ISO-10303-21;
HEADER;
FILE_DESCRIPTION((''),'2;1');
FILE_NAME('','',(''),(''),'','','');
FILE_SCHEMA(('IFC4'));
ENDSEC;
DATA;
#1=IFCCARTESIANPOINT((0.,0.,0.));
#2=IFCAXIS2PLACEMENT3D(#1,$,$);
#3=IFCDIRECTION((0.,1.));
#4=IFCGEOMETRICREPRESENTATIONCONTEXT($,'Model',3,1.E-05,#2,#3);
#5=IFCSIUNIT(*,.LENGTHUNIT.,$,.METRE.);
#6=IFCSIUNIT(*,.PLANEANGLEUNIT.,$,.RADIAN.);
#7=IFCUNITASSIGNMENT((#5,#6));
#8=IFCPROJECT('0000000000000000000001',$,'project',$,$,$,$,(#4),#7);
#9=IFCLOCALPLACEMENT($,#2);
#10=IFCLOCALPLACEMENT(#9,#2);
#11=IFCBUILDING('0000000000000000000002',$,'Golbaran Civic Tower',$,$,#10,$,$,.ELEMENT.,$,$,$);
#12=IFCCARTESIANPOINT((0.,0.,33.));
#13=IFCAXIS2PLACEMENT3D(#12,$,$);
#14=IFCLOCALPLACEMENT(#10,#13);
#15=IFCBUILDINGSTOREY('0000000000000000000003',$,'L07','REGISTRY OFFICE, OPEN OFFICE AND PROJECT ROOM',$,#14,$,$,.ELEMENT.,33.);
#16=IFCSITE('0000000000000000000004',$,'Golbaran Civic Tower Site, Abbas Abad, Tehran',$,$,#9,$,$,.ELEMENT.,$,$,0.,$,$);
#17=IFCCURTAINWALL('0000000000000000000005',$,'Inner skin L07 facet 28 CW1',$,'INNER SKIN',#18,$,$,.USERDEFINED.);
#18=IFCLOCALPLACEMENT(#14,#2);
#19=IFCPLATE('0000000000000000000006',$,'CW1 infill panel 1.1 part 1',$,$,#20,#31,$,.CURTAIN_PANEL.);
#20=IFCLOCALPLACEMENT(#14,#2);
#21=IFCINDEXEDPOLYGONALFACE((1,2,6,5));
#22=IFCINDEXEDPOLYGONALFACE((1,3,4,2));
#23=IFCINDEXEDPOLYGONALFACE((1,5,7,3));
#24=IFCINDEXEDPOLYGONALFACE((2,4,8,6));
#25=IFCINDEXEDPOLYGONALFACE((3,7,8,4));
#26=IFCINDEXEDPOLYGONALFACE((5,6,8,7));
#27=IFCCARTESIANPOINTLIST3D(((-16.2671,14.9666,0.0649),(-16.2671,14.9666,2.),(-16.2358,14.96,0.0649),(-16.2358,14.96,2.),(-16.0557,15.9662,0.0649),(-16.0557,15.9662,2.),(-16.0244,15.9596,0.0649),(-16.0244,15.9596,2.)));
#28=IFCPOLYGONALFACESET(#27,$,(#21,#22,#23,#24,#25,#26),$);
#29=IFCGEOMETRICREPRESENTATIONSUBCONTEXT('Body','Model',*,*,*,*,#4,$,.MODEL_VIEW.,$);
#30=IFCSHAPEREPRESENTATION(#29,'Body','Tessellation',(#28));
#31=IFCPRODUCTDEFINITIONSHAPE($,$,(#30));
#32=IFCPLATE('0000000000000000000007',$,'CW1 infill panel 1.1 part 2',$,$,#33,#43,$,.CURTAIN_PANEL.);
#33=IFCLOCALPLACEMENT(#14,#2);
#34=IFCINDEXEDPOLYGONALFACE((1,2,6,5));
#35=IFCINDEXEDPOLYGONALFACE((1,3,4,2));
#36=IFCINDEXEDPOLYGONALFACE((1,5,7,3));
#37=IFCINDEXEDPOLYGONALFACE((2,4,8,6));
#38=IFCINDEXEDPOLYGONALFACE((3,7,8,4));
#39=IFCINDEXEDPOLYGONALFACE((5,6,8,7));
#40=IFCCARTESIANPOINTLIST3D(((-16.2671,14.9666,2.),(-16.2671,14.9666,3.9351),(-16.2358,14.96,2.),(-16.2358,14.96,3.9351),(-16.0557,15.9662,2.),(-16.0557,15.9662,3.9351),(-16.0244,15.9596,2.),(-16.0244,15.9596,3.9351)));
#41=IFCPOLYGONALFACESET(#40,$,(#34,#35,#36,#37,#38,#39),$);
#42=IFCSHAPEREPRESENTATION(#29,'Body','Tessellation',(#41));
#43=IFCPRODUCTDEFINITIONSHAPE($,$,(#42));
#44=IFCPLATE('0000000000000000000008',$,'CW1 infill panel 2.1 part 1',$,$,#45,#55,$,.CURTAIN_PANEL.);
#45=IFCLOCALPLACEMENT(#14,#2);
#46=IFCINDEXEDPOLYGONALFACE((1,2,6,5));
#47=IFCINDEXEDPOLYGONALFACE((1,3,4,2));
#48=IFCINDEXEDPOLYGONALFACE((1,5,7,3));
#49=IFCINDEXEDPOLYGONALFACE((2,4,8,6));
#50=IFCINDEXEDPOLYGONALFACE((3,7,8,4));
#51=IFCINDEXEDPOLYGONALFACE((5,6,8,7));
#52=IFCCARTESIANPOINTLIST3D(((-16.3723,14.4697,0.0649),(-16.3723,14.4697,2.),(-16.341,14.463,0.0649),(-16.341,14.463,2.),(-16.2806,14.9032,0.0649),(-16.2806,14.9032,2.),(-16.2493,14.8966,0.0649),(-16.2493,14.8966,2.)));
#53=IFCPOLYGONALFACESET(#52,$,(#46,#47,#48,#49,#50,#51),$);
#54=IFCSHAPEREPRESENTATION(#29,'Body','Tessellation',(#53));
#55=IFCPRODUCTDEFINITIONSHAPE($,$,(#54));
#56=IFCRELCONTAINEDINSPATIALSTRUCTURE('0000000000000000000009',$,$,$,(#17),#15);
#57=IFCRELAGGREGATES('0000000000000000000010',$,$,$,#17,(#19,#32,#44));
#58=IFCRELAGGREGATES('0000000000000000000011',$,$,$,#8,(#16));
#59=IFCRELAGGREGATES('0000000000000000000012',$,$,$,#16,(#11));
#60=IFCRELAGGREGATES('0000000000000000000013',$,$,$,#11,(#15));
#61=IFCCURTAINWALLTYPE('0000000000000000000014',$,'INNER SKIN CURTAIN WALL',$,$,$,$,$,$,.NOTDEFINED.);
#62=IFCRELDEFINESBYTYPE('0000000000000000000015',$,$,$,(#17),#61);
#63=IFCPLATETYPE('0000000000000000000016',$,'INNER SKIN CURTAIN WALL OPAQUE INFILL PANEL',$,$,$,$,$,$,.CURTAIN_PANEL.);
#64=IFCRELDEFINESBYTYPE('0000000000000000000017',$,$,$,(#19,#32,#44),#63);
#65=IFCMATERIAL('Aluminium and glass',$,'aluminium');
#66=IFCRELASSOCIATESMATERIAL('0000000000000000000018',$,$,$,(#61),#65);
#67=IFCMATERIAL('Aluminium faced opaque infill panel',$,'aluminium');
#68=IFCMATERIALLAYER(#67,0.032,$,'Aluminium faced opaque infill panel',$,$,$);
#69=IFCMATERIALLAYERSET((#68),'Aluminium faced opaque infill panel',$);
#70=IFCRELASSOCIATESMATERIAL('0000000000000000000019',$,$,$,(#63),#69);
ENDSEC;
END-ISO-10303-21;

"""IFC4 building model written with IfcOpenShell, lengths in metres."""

from ifc_helpers import new_model, si_unit, direction, frame, origin, origin_2d, place, context, subcontext, project, spatial, rectangle, extrude, material, layer, layer_set, type_object, element, aggregate, save


model = new_model("IFC4")

# Units and contexts
model_context = context("Model", 3, precision=1e-05, world=origin(), true_north=direction((0.0, 1.0)))
body_context = subcontext(model_context, "Body", "Model", "MODEL_VIEW")
ifc_project = project(units=[si_unit("LENGTHUNIT", "METRE"), si_unit("PLANEANGLEUNIT", "RADIAN")], contexts=[model_context])

# Site, building, storey
site_placement = place(None, origin())
site = spatial("IfcSite", under=ifc_project, at=site_placement, Name="Golbaran Civic Tower Site, Abbas Abad, Tehran", CompositionType="ELEMENT", RefElevation=0.0)
building_placement = place(site_placement, origin())
building = spatial("IfcBuilding", under=site, at=building_placement, Name="Golbaran Civic Tower", CompositionType="ELEMENT")
storey_placement = place(building_placement, frame((0.0, 0.0, 33.0)))
storey = spatial("IfcBuildingStorey", under=building, at=storey_placement, Name="L07", Description="REGISTRY OFFICE, OPEN OFFICE AND PROJECT ROOM", CompositionType="ELEMENT", Elevation=33.0)

# Shared definitions
ifc_material_1 = material(Name="Aluminium and glass", Category="aluminium")
curtain_wall_type = type_object("IfcCurtainWallType", Name="INNER SKIN CURTAIN WALL", PredefinedType="NOTDEFINED", material=ifc_material_1)

# Curtain wall
curtain_wall_1_placement = place(storey_placement, origin())
curtain_wall_1 = element("IfcCurtainWall", 1, at=curtain_wall_1_placement, inside=storey, type_object=curtain_wall_type, Name="Inner skin L07 facet 28 CW1", ObjectType="INNER SKIN", PredefinedType="USERDEFINED")

# Plates
ifc_material_2 = material(Name="Aluminium faced opaque infill panel", Category="aluminium")
ifc_layer_1 = layer(ifc_material_2, 0.032, Name="Aluminium faced opaque infill panel")
ifc_layer_set_1 = layer_set([ifc_layer_1], Name="Aluminium faced opaque infill panel")
plate_type_1 = type_object("IfcPlateType", Name="INNER SKIN CURTAIN WALL OPAQUE INFILL PANEL", PredefinedType="CURTAIN_PANEL", material=ifc_layer_set_1)
plate_1_placement = place(storey_placement, frame((-16.1458, 15.4631, 0.0649), z_axis=(0.0, 0.0, 1.0), x_axis=(-0.206977, -0.978346, 0.0)))
plate_1 = element("IfcPlate", 2, at=plate_1_placement, type_object=plate_type_1, Name="CW1 infill panel 1.1 part 1", PredefinedType="CURTAIN_PANEL", context=body_context, shape_type="SweptSolid", body=[
    extrude(rectangle(XDim=1.0217, YDim=0.032, at=origin_2d()), origin(), (0.0, 0.0, 1.0), 1.9351),
])
plate_2_placement = place(storey_placement, frame((-16.1458, 15.4631, 2.0), z_axis=(0.0, 0.0, 1.0), x_axis=(-0.206977, -0.978346, 0.0)))
plate_2 = element("IfcPlate", 3, at=plate_2_placement, type_object=plate_type_1, Name="CW1 infill panel 1.1 part 2", PredefinedType="CURTAIN_PANEL", context=body_context, shape_type="SweptSolid", body=[
    extrude(rectangle(XDim=1.0217, YDim=0.032, at=origin_2d()), origin(), (0.0, 0.0, 1.0), 1.9351),
])
plate_3_placement = place(storey_placement, frame((-16.3108, 14.6831, 0.0649), z_axis=(0.0, 0.0, 1.0), x_axis=(-0.206977, -0.978346, 0.0)))
plate_3 = element("IfcPlate", 4, at=plate_3_placement, type_object=plate_type_1, Name="CW1 infill panel 2.1 part 1", PredefinedType="CURTAIN_PANEL", context=body_context, shape_type="SweptSolid", body=[
    extrude(rectangle(XDim=0.4431, YDim=0.032, at=origin_2d()), origin(), (0.0, 0.0, 1.0), 1.9351),
])
aggregate(curtain_wall_1, [plate_1, plate_2, plate_3])

save(model, "model.ifc")
